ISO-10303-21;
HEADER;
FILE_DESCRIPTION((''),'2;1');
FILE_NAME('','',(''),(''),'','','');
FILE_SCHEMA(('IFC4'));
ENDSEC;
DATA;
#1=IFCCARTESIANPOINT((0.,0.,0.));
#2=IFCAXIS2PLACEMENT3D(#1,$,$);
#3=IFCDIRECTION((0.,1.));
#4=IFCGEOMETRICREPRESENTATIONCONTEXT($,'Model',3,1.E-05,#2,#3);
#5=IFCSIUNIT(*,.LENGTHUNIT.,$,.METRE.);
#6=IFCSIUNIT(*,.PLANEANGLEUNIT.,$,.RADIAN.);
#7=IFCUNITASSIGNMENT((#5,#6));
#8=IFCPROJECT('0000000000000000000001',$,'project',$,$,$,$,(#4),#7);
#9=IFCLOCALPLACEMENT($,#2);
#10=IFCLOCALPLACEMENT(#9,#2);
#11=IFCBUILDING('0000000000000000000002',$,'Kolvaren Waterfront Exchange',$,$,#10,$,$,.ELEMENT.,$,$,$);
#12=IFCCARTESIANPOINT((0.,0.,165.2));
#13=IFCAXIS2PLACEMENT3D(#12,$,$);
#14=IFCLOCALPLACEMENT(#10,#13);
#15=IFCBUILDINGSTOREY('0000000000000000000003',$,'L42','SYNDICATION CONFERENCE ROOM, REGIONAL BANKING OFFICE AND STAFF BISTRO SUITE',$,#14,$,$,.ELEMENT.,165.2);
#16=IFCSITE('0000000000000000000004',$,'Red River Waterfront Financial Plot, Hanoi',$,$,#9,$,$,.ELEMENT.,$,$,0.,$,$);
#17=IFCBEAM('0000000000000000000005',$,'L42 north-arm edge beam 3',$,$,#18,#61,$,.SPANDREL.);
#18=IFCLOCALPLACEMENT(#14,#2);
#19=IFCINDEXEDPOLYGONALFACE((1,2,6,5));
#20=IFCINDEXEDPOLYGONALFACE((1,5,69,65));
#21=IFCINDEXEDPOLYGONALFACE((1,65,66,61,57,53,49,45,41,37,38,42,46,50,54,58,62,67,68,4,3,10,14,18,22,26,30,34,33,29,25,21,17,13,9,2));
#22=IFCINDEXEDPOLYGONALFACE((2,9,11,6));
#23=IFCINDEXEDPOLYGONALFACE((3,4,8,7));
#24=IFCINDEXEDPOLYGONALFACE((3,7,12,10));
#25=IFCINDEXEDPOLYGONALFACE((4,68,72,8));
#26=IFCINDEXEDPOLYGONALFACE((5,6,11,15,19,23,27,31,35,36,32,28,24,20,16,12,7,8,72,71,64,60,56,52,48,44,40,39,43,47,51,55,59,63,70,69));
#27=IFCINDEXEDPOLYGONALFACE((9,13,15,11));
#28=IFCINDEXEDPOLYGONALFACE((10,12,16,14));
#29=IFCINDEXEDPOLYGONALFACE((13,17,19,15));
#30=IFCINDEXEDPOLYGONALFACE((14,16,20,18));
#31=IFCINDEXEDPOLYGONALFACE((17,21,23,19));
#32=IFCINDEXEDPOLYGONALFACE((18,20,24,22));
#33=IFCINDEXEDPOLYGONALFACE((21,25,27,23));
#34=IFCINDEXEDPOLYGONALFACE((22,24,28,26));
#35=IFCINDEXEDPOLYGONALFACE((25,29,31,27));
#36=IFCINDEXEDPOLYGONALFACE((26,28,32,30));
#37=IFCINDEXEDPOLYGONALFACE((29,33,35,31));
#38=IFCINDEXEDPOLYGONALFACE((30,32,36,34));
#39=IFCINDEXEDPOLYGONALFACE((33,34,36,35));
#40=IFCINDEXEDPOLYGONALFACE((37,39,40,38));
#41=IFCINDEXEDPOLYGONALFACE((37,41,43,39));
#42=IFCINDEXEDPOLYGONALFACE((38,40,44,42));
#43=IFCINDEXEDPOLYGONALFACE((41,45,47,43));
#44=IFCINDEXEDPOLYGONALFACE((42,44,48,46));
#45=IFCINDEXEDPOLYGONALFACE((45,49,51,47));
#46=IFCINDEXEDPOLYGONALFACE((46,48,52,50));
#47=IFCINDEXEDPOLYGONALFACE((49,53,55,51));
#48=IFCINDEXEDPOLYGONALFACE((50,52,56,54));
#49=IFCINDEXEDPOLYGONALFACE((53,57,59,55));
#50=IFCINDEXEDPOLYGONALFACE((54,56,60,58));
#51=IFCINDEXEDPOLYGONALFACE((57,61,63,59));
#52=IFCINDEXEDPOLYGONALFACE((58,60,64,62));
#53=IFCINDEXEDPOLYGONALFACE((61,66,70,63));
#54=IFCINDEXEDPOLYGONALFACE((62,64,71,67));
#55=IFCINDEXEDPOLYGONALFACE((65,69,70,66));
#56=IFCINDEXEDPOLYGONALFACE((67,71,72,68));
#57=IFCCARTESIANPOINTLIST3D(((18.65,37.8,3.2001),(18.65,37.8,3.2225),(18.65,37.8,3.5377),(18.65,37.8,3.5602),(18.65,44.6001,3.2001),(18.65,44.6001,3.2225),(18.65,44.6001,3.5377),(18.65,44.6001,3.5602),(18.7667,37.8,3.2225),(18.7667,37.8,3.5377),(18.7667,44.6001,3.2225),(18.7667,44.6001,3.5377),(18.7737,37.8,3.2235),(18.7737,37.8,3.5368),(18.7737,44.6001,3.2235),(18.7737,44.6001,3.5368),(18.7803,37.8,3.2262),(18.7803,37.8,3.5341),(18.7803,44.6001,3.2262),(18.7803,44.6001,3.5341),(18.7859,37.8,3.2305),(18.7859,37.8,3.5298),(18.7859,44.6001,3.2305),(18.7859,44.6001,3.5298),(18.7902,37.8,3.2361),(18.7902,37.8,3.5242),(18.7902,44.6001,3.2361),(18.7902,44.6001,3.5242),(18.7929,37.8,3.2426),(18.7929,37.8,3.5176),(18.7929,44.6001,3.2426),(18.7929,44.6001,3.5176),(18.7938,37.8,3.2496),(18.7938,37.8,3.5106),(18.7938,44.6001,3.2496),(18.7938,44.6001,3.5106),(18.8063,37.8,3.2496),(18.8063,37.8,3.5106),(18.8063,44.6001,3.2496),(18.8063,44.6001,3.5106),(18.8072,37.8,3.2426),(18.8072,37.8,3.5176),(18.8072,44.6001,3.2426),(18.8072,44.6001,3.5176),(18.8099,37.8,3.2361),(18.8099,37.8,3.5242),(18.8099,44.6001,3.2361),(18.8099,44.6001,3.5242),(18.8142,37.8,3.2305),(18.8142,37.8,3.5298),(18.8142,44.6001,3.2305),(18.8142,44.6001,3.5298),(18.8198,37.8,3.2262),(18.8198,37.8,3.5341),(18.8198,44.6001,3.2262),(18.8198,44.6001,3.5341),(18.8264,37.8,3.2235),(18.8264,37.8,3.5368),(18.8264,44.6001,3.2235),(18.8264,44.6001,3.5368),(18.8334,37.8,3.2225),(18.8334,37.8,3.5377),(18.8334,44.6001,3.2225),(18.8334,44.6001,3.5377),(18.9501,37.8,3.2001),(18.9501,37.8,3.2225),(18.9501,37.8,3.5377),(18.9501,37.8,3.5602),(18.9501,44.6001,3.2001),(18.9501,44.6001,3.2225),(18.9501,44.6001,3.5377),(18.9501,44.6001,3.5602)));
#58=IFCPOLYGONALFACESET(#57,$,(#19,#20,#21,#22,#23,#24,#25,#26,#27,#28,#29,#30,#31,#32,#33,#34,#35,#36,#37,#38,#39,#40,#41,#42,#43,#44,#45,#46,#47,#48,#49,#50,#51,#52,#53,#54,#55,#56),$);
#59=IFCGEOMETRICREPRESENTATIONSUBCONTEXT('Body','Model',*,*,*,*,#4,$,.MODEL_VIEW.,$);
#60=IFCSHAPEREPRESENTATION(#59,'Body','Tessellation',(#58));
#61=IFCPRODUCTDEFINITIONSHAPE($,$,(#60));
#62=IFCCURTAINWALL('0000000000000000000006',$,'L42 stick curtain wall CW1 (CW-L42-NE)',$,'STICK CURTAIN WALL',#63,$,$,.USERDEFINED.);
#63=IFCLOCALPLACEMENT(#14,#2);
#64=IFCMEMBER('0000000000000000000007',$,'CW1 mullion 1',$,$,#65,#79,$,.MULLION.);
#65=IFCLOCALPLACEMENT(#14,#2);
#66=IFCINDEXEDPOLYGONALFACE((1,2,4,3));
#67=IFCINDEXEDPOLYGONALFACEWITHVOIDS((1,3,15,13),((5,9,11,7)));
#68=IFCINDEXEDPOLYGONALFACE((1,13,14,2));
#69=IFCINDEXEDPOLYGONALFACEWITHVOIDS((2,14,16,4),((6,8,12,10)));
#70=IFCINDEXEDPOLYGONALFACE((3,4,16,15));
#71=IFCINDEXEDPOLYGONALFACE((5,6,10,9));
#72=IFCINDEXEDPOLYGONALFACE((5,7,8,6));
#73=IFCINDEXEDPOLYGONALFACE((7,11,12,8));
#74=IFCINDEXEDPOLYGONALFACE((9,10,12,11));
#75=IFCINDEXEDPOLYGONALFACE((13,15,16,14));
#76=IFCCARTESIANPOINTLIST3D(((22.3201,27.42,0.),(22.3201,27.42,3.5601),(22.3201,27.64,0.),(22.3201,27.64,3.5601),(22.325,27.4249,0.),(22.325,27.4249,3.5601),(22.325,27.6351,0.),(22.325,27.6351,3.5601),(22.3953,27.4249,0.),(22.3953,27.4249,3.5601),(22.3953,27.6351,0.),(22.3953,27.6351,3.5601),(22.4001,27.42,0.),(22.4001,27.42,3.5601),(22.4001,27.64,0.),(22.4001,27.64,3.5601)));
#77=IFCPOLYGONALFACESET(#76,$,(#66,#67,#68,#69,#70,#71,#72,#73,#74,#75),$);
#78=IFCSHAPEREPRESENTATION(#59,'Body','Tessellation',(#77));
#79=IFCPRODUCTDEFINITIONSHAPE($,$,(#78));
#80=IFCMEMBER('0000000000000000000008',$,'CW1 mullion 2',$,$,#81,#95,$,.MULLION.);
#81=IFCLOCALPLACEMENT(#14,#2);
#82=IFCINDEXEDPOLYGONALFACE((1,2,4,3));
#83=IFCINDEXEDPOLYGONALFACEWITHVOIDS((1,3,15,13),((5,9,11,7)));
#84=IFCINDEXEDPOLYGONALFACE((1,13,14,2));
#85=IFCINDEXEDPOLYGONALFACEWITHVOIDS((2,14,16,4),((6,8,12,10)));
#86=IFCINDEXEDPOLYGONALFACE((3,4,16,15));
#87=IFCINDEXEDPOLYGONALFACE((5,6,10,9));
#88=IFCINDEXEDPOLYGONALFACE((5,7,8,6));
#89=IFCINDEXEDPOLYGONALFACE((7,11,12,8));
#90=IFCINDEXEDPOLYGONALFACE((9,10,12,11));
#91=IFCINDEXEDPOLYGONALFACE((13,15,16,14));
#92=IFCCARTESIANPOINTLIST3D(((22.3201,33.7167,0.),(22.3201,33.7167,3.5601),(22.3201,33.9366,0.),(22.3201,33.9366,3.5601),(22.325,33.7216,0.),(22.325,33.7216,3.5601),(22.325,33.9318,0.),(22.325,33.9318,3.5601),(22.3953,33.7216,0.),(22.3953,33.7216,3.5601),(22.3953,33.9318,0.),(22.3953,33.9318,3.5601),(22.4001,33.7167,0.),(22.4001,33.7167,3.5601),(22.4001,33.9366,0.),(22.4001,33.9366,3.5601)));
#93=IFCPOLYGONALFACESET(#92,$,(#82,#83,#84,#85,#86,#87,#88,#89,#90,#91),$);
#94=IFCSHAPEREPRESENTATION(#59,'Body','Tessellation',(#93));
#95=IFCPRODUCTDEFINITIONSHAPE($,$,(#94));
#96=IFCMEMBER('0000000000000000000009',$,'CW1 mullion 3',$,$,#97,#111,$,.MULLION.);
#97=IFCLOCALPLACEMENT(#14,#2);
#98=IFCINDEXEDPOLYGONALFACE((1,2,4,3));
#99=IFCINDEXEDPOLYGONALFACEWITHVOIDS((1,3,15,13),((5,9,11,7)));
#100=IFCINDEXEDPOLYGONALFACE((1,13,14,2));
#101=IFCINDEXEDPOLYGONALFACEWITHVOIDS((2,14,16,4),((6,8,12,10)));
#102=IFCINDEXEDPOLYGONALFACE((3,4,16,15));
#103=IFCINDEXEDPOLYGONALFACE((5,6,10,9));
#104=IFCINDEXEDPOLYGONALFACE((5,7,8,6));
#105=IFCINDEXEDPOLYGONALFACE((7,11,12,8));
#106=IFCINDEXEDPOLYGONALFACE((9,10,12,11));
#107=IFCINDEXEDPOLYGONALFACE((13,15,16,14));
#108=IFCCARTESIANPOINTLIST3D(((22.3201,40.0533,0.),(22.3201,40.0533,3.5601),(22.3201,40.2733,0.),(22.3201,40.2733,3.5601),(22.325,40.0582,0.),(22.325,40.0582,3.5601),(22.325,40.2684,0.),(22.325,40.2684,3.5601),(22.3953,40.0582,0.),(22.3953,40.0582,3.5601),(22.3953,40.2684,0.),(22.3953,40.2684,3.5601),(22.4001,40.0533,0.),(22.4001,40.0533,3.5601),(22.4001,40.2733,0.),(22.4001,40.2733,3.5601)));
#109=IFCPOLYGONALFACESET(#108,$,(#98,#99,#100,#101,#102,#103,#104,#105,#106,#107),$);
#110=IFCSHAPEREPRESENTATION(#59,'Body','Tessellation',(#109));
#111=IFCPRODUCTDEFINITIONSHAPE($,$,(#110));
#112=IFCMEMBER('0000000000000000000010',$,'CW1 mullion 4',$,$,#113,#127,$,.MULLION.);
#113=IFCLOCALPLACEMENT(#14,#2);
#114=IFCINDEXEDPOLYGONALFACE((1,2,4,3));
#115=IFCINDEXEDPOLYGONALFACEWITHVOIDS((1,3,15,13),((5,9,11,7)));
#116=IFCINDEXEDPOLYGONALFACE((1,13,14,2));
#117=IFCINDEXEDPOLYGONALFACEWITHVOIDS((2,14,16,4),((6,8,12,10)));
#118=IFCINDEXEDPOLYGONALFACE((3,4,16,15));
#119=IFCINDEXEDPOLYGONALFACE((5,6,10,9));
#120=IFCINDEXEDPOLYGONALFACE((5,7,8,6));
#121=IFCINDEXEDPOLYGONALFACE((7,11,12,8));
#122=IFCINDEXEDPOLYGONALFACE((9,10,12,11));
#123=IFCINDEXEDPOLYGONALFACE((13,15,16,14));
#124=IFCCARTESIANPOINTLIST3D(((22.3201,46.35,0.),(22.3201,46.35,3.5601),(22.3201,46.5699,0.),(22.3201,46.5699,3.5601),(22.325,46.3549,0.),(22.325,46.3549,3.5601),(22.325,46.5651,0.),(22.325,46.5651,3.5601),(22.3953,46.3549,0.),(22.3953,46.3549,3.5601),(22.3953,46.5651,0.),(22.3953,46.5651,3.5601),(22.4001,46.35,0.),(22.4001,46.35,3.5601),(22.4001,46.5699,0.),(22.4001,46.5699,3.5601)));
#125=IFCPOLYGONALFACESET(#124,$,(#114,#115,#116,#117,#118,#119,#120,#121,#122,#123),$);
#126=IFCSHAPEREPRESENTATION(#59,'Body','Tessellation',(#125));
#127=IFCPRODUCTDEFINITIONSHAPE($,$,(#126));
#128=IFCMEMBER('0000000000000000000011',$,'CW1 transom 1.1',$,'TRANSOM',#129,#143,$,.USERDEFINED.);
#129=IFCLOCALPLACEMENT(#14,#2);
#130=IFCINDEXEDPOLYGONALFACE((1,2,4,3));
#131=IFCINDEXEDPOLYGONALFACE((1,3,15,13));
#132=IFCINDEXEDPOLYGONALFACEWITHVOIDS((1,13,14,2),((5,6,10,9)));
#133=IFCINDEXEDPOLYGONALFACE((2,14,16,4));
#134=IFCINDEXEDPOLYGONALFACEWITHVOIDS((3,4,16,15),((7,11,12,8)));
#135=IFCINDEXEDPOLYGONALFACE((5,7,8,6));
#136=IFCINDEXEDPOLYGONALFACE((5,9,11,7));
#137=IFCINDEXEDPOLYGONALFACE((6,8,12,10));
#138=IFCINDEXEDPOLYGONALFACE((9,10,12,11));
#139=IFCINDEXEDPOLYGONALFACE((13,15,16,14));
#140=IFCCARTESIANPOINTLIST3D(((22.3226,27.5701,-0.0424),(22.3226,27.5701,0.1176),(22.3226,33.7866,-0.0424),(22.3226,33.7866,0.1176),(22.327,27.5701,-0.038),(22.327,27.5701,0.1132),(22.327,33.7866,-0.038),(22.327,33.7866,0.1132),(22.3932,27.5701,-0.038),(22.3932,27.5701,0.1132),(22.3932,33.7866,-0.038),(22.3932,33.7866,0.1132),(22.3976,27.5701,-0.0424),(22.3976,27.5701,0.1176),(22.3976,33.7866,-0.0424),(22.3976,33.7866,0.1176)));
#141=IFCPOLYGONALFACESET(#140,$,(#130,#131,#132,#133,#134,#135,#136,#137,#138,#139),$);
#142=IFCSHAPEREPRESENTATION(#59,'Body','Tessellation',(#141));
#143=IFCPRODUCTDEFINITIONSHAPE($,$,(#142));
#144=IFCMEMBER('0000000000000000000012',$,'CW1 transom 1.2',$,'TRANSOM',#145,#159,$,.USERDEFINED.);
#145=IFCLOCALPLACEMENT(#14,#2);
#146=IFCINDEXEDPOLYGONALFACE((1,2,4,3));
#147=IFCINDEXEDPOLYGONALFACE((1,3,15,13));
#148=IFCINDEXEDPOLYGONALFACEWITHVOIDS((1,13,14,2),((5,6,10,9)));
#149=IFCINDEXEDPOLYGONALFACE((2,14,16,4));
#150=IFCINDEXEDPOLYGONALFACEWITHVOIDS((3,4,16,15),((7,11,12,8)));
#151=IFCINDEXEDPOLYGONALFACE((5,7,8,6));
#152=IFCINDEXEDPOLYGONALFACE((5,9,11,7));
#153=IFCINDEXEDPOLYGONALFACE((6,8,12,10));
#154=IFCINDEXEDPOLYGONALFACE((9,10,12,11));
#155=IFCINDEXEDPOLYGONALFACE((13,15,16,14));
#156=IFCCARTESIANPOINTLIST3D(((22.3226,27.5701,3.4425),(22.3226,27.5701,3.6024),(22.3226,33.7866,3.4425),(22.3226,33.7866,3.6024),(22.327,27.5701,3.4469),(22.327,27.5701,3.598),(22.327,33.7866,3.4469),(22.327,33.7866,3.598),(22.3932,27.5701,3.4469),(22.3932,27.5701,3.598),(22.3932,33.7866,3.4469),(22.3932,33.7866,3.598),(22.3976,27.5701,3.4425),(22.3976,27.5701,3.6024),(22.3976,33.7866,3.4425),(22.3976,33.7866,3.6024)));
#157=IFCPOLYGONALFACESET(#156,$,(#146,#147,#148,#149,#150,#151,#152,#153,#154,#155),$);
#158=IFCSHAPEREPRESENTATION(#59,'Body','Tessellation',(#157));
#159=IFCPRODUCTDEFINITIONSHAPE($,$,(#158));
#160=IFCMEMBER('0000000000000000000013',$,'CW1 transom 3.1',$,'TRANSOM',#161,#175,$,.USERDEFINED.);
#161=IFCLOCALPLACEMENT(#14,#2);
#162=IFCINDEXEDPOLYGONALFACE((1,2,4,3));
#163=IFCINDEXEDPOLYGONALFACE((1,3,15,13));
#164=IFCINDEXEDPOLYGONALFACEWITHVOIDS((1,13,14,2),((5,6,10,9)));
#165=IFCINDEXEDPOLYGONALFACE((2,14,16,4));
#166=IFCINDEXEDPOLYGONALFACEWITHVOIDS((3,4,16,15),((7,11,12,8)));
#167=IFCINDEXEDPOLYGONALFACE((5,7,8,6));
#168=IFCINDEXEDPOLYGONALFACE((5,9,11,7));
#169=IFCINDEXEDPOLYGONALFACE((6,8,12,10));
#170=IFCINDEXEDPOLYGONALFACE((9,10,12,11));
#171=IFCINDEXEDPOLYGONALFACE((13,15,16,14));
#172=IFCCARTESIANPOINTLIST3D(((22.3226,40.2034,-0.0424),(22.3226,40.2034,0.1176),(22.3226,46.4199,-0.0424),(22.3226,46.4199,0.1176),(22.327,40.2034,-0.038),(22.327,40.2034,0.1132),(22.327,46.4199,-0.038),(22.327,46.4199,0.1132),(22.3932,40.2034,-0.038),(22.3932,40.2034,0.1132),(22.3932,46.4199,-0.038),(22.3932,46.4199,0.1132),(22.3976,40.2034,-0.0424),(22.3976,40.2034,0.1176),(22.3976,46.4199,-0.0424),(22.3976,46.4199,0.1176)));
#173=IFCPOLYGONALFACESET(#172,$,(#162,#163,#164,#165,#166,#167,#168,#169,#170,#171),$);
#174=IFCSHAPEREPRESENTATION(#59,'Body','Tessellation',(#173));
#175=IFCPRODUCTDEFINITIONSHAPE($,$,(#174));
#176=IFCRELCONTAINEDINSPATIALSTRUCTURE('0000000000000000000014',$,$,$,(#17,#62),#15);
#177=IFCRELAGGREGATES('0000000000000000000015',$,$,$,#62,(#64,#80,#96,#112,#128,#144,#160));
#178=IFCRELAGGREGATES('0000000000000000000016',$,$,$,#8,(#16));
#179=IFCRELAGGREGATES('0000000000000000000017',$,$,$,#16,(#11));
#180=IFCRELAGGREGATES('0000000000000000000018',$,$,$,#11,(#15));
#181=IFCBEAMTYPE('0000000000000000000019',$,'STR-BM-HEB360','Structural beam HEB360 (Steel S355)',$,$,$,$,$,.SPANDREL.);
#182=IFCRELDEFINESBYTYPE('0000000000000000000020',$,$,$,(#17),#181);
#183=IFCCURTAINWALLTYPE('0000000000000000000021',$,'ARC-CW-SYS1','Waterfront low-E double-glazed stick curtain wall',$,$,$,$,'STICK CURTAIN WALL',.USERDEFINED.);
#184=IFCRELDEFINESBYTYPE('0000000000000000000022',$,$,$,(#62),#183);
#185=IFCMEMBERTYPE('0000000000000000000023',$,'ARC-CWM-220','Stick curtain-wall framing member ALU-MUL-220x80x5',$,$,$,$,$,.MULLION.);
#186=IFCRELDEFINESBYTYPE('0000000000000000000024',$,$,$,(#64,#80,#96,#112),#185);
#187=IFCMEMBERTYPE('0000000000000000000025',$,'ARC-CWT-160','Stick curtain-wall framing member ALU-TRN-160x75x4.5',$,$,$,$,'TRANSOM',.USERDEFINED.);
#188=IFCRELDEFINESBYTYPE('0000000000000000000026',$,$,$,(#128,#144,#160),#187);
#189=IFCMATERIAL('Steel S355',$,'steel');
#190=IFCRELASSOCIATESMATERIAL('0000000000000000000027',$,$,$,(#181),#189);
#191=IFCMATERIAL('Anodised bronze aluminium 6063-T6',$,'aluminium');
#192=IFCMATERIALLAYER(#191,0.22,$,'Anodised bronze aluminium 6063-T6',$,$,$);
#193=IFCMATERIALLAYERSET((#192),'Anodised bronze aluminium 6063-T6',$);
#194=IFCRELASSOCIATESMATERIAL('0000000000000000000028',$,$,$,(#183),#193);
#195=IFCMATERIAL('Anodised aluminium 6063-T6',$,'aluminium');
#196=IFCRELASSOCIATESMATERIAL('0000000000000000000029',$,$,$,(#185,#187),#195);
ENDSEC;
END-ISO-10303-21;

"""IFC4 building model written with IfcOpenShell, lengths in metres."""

from ifc_helpers import new_model, si_unit, direction, frame, origin, origin_with_axes, origin_2d, place, context, subcontext, project, spatial, hollow_rectangle, i_section, extrude, source, transform, mapped, material, layer, layer_set, material_profile, profile_set, type_object, element, aggregate, save


model = new_model("IFC4")

# Units and contexts
model_context = context("Model", 3, precision=1e-05, world=origin(), true_north=direction((0.0, 1.0)))
body_context = subcontext(model_context, "Body", "Model", "MODEL_VIEW")
ifc_project = project(units=[si_unit("LENGTHUNIT", "METRE"), si_unit("PLANEANGLEUNIT", "RADIAN")], contexts=[model_context])

# Site, building, storey
site_placement = place(None, origin())
site = spatial("IfcSite", under=ifc_project, at=site_placement, Name="Red River Waterfront Financial Plot, Hanoi", CompositionType="ELEMENT", RefElevation=0.0)
building_placement = place(site_placement, origin())
building = spatial("IfcBuilding", under=site, at=building_placement, Name="Kolvaren Waterfront Exchange", CompositionType="ELEMENT")
storey_placement = place(building_placement, frame((0.0, 0.0, 165.2)))
storey = spatial("IfcBuildingStorey", under=building, at=storey_placement, Name="L42", Description="SYNDICATION CONFERENCE ROOM, REGIONAL BANKING OFFICE AND STAFF BISTRO SUITE", CompositionType="ELEMENT", Elevation=165.2)

# Beam
ifc_material_1 = material(Name="Steel S355", Category="steel")
ifc_material_profile_1 = material_profile(ifc_material_1, i_section(OverallWidth=0.3, OverallDepth=0.3601, WebThickness=0.0125, FlangeThickness=0.0225, FilletRadius=0.0271, at=origin_2d()), Name="HEB360")
ifc_profile_set_1 = profile_set([ifc_material_profile_1], Name="Steel S355")
beam_type = type_object("IfcBeamType", Name="STR-BM-HEB360", Description="Structural beam HEB360 (Steel S355)", PredefinedType="SPANDREL", material=ifc_profile_set_1)
beam_placement = place(storey_placement, frame((18.8, 37.8, 3.3801), z_axis=(0.0, 1.0, 0.0), x_axis=(-1.0, 0.0, 0.0)))
element("IfcBeam", 1, at=beam_placement, inside=storey, type_object=beam_type, Name="L42 north-arm edge beam 3", PredefinedType="SPANDREL", context=body_context, shape_type="SweptSolid", body=[
    extrude(i_section(OverallWidth=0.3, OverallDepth=0.3601, WebThickness=0.0125, FlangeThickness=0.0225, FilletRadius=0.0271, at=origin_2d()), origin(), (0.0, 0.0, 1.0), 6.8),
])

# Curtain wall, members
ifc_material_2 = material(Name="Anodised bronze aluminium 6063-T6", Category="aluminium")
ifc_layer_1 = layer(ifc_material_2, 0.22, Name="Anodised bronze aluminium 6063-T6")
ifc_layer_set_1 = layer_set([ifc_layer_1], Name="Anodised bronze aluminium 6063-T6")
curtain_wall_type = type_object("IfcCurtainWallType", Name="ARC-CW-SYS1", Description="Waterfront low-E double-glazed stick curtain wall", ElementType="STICK CURTAIN WALL", PredefinedType="USERDEFINED", material=ifc_layer_set_1)
curtain_wall_placement = place(storey_placement, origin())
curtain_wall = element("IfcCurtainWall", 2, at=curtain_wall_placement, inside=storey, type_object=curtain_wall_type, Name="L42 stick curtain wall CW1 (CW-L42-NE)", ObjectType="STICK CURTAIN WALL", PredefinedType="USERDEFINED")
ifc_material_3 = material(Name="Anodised aluminium 6063-T6", Category="aluminium")
ifc_material_profile_2 = material_profile(ifc_material_3, hollow_rectangle(XDim=0.0801, YDim=0.22, WallThickness=0.0049, at=origin_2d()), Name="ALU-MUL-220x80x5")
ifc_profile_set_2 = profile_set([ifc_material_profile_2], Name="Anodised aluminium 6063-T6")
member_type_1 = type_object("IfcMemberType", Name="ARC-CWM-220", Description="Stick curtain-wall framing member ALU-MUL-220x80x5", PredefinedType="MULLION", material=ifc_profile_set_2)
shared_shape_1 = source(origin_with_axes(), body_context, "Body", "SweptSolid", [
    extrude(hollow_rectangle(XDim=0.0801, YDim=0.22, WallThickness=0.0049, at=origin_2d()), origin(), (0.0, 0.0, 1.0), 3.5601),
])
member_1_placement = place(storey_placement, frame((22.3601, 27.53, 0.0), z_axis=(0.0, 0.0, 1.0), x_axis=(-1.0, 0.0, 0.0)))
member_1 = element("IfcMember", 3, at=member_1_placement, type_object=member_type_1, Name="CW1 mullion 1", PredefinedType="MULLION", context=body_context, shape_type="MappedRepresentation", body=[
    mapped(shared_shape_1, transform((0.0, 0.0, 0.0), x_axis=(1.0, 0.0, 0.0), y_axis=(0.0, 1.0, 0.0), z_axis=(0.0, 0.0, 1.0), scale=1.0)),
])
member_2_placement = place(storey_placement, frame((22.3601, 33.8267, 0.0), z_axis=(0.0, 0.0, 1.0), x_axis=(-1.0, 0.0, 0.0)))
member_2 = element("IfcMember", 4, at=member_2_placement, type_object=member_type_1, Name="CW1 mullion 2", PredefinedType="MULLION", context=body_context, shape_type="MappedRepresentation", body=[
    mapped(shared_shape_1, transform((0.0, 0.0, 0.0), x_axis=(1.0, 0.0, 0.0), y_axis=(0.0, 1.0, 0.0), z_axis=(0.0, 0.0, 1.0), scale=1.0)),
])
member_3_placement = place(storey_placement, frame((22.3601, 40.1633, 0.0), z_axis=(0.0, 0.0, 1.0), x_axis=(-1.0, 0.0, 0.0)))
member_3 = element("IfcMember", 5, at=member_3_placement, type_object=member_type_1, Name="CW1 mullion 3", PredefinedType="MULLION", context=body_context, shape_type="MappedRepresentation", body=[
    mapped(shared_shape_1, transform((0.0, 0.0, 0.0), x_axis=(1.0, 0.0, 0.0), y_axis=(0.0, 1.0, 0.0), z_axis=(0.0, 0.0, 1.0), scale=1.0)),
])
member_4_placement = place(storey_placement, frame((22.3601, 46.46, 0.0), z_axis=(0.0, 0.0, 1.0), x_axis=(-1.0, 0.0, 0.0)))
member_4 = element("IfcMember", 6, at=member_4_placement, type_object=member_type_1, Name="CW1 mullion 4", PredefinedType="MULLION", context=body_context, shape_type="MappedRepresentation", body=[
    mapped(shared_shape_1, transform((0.0, 0.0, 0.0), x_axis=(1.0, 0.0, 0.0), y_axis=(0.0, 1.0, 0.0), z_axis=(0.0, 0.0, 1.0), scale=1.0)),
])
ifc_material_profile_3 = material_profile(ifc_material_3, hollow_rectangle(XDim=0.075, YDim=0.1599, WallThickness=0.0044, at=origin_2d()), Name="ALU-TRN-160x75x4.5")
ifc_profile_set_3 = profile_set([ifc_material_profile_3], Name="Anodised aluminium 6063-T6")
member_type_2 = type_object("IfcMemberType", Name="ARC-CWT-160", Description="Stick curtain-wall framing member ALU-TRN-160x75x4.5", ElementType="TRANSOM", PredefinedType="USERDEFINED", material=ifc_profile_set_3)
shared_shape_2 = source(origin_with_axes(), body_context, "Body", "SweptSolid", [
    extrude(hollow_rectangle(XDim=0.075, YDim=0.1599, WallThickness=0.0044, at=origin_2d()), origin(), (0.0, 0.0, 1.0), 6.2166),
])
member_5_placement = place(storey_placement, frame((22.3601, 27.5701, 0.0376), z_axis=(0.0, 1.0, 0.0), x_axis=(-1.0, 0.0, 0.0)))
member_5 = element("IfcMember", 7, at=member_5_placement, type_object=member_type_2, Name="CW1 transom 1.1", ObjectType="TRANSOM", PredefinedType="USERDEFINED", context=body_context, shape_type="MappedRepresentation", body=[
    mapped(shared_shape_2, transform((0.0, 0.0, 0.0), x_axis=(1.0, 0.0, 0.0), y_axis=(0.0, 1.0, 0.0), z_axis=(0.0, 0.0, 1.0), scale=1.0)),
])
member_6_placement = place(storey_placement, frame((22.3601, 27.5701, 3.5225), z_axis=(0.0, 1.0, 0.0), x_axis=(-1.0, 0.0, 0.0)))
member_6 = element("IfcMember", 8, at=member_6_placement, type_object=member_type_2, Name="CW1 transom 1.2", ObjectType="TRANSOM", PredefinedType="USERDEFINED", context=body_context, shape_type="MappedRepresentation", body=[
    mapped(shared_shape_2, transform((0.0, 0.0, 0.0), x_axis=(1.0, 0.0, 0.0), y_axis=(0.0, 1.0, 0.0), z_axis=(0.0, 0.0, 1.0), scale=1.0)),
])
member_7_placement = place(storey_placement, frame((22.3601, 40.2034, 0.0376), z_axis=(0.0, 1.0, 0.0), x_axis=(-1.0, 0.0, 0.0)))
member_7 = element("IfcMember", 9, at=member_7_placement, type_object=member_type_2, Name="CW1 transom 3.1", ObjectType="TRANSOM", PredefinedType="USERDEFINED", context=body_context, shape_type="MappedRepresentation", body=[
    mapped(shared_shape_2, transform((0.0, 0.0, 0.0), x_axis=(1.0, 0.0, 0.0), y_axis=(0.0, 1.0, 0.0), z_axis=(0.0, 0.0, 1.0), scale=1.0)),
])
aggregate(curtain_wall, [member_1, member_2, member_3, member_4, member_5, member_6, member_7])

save(model, "model.ifc")
